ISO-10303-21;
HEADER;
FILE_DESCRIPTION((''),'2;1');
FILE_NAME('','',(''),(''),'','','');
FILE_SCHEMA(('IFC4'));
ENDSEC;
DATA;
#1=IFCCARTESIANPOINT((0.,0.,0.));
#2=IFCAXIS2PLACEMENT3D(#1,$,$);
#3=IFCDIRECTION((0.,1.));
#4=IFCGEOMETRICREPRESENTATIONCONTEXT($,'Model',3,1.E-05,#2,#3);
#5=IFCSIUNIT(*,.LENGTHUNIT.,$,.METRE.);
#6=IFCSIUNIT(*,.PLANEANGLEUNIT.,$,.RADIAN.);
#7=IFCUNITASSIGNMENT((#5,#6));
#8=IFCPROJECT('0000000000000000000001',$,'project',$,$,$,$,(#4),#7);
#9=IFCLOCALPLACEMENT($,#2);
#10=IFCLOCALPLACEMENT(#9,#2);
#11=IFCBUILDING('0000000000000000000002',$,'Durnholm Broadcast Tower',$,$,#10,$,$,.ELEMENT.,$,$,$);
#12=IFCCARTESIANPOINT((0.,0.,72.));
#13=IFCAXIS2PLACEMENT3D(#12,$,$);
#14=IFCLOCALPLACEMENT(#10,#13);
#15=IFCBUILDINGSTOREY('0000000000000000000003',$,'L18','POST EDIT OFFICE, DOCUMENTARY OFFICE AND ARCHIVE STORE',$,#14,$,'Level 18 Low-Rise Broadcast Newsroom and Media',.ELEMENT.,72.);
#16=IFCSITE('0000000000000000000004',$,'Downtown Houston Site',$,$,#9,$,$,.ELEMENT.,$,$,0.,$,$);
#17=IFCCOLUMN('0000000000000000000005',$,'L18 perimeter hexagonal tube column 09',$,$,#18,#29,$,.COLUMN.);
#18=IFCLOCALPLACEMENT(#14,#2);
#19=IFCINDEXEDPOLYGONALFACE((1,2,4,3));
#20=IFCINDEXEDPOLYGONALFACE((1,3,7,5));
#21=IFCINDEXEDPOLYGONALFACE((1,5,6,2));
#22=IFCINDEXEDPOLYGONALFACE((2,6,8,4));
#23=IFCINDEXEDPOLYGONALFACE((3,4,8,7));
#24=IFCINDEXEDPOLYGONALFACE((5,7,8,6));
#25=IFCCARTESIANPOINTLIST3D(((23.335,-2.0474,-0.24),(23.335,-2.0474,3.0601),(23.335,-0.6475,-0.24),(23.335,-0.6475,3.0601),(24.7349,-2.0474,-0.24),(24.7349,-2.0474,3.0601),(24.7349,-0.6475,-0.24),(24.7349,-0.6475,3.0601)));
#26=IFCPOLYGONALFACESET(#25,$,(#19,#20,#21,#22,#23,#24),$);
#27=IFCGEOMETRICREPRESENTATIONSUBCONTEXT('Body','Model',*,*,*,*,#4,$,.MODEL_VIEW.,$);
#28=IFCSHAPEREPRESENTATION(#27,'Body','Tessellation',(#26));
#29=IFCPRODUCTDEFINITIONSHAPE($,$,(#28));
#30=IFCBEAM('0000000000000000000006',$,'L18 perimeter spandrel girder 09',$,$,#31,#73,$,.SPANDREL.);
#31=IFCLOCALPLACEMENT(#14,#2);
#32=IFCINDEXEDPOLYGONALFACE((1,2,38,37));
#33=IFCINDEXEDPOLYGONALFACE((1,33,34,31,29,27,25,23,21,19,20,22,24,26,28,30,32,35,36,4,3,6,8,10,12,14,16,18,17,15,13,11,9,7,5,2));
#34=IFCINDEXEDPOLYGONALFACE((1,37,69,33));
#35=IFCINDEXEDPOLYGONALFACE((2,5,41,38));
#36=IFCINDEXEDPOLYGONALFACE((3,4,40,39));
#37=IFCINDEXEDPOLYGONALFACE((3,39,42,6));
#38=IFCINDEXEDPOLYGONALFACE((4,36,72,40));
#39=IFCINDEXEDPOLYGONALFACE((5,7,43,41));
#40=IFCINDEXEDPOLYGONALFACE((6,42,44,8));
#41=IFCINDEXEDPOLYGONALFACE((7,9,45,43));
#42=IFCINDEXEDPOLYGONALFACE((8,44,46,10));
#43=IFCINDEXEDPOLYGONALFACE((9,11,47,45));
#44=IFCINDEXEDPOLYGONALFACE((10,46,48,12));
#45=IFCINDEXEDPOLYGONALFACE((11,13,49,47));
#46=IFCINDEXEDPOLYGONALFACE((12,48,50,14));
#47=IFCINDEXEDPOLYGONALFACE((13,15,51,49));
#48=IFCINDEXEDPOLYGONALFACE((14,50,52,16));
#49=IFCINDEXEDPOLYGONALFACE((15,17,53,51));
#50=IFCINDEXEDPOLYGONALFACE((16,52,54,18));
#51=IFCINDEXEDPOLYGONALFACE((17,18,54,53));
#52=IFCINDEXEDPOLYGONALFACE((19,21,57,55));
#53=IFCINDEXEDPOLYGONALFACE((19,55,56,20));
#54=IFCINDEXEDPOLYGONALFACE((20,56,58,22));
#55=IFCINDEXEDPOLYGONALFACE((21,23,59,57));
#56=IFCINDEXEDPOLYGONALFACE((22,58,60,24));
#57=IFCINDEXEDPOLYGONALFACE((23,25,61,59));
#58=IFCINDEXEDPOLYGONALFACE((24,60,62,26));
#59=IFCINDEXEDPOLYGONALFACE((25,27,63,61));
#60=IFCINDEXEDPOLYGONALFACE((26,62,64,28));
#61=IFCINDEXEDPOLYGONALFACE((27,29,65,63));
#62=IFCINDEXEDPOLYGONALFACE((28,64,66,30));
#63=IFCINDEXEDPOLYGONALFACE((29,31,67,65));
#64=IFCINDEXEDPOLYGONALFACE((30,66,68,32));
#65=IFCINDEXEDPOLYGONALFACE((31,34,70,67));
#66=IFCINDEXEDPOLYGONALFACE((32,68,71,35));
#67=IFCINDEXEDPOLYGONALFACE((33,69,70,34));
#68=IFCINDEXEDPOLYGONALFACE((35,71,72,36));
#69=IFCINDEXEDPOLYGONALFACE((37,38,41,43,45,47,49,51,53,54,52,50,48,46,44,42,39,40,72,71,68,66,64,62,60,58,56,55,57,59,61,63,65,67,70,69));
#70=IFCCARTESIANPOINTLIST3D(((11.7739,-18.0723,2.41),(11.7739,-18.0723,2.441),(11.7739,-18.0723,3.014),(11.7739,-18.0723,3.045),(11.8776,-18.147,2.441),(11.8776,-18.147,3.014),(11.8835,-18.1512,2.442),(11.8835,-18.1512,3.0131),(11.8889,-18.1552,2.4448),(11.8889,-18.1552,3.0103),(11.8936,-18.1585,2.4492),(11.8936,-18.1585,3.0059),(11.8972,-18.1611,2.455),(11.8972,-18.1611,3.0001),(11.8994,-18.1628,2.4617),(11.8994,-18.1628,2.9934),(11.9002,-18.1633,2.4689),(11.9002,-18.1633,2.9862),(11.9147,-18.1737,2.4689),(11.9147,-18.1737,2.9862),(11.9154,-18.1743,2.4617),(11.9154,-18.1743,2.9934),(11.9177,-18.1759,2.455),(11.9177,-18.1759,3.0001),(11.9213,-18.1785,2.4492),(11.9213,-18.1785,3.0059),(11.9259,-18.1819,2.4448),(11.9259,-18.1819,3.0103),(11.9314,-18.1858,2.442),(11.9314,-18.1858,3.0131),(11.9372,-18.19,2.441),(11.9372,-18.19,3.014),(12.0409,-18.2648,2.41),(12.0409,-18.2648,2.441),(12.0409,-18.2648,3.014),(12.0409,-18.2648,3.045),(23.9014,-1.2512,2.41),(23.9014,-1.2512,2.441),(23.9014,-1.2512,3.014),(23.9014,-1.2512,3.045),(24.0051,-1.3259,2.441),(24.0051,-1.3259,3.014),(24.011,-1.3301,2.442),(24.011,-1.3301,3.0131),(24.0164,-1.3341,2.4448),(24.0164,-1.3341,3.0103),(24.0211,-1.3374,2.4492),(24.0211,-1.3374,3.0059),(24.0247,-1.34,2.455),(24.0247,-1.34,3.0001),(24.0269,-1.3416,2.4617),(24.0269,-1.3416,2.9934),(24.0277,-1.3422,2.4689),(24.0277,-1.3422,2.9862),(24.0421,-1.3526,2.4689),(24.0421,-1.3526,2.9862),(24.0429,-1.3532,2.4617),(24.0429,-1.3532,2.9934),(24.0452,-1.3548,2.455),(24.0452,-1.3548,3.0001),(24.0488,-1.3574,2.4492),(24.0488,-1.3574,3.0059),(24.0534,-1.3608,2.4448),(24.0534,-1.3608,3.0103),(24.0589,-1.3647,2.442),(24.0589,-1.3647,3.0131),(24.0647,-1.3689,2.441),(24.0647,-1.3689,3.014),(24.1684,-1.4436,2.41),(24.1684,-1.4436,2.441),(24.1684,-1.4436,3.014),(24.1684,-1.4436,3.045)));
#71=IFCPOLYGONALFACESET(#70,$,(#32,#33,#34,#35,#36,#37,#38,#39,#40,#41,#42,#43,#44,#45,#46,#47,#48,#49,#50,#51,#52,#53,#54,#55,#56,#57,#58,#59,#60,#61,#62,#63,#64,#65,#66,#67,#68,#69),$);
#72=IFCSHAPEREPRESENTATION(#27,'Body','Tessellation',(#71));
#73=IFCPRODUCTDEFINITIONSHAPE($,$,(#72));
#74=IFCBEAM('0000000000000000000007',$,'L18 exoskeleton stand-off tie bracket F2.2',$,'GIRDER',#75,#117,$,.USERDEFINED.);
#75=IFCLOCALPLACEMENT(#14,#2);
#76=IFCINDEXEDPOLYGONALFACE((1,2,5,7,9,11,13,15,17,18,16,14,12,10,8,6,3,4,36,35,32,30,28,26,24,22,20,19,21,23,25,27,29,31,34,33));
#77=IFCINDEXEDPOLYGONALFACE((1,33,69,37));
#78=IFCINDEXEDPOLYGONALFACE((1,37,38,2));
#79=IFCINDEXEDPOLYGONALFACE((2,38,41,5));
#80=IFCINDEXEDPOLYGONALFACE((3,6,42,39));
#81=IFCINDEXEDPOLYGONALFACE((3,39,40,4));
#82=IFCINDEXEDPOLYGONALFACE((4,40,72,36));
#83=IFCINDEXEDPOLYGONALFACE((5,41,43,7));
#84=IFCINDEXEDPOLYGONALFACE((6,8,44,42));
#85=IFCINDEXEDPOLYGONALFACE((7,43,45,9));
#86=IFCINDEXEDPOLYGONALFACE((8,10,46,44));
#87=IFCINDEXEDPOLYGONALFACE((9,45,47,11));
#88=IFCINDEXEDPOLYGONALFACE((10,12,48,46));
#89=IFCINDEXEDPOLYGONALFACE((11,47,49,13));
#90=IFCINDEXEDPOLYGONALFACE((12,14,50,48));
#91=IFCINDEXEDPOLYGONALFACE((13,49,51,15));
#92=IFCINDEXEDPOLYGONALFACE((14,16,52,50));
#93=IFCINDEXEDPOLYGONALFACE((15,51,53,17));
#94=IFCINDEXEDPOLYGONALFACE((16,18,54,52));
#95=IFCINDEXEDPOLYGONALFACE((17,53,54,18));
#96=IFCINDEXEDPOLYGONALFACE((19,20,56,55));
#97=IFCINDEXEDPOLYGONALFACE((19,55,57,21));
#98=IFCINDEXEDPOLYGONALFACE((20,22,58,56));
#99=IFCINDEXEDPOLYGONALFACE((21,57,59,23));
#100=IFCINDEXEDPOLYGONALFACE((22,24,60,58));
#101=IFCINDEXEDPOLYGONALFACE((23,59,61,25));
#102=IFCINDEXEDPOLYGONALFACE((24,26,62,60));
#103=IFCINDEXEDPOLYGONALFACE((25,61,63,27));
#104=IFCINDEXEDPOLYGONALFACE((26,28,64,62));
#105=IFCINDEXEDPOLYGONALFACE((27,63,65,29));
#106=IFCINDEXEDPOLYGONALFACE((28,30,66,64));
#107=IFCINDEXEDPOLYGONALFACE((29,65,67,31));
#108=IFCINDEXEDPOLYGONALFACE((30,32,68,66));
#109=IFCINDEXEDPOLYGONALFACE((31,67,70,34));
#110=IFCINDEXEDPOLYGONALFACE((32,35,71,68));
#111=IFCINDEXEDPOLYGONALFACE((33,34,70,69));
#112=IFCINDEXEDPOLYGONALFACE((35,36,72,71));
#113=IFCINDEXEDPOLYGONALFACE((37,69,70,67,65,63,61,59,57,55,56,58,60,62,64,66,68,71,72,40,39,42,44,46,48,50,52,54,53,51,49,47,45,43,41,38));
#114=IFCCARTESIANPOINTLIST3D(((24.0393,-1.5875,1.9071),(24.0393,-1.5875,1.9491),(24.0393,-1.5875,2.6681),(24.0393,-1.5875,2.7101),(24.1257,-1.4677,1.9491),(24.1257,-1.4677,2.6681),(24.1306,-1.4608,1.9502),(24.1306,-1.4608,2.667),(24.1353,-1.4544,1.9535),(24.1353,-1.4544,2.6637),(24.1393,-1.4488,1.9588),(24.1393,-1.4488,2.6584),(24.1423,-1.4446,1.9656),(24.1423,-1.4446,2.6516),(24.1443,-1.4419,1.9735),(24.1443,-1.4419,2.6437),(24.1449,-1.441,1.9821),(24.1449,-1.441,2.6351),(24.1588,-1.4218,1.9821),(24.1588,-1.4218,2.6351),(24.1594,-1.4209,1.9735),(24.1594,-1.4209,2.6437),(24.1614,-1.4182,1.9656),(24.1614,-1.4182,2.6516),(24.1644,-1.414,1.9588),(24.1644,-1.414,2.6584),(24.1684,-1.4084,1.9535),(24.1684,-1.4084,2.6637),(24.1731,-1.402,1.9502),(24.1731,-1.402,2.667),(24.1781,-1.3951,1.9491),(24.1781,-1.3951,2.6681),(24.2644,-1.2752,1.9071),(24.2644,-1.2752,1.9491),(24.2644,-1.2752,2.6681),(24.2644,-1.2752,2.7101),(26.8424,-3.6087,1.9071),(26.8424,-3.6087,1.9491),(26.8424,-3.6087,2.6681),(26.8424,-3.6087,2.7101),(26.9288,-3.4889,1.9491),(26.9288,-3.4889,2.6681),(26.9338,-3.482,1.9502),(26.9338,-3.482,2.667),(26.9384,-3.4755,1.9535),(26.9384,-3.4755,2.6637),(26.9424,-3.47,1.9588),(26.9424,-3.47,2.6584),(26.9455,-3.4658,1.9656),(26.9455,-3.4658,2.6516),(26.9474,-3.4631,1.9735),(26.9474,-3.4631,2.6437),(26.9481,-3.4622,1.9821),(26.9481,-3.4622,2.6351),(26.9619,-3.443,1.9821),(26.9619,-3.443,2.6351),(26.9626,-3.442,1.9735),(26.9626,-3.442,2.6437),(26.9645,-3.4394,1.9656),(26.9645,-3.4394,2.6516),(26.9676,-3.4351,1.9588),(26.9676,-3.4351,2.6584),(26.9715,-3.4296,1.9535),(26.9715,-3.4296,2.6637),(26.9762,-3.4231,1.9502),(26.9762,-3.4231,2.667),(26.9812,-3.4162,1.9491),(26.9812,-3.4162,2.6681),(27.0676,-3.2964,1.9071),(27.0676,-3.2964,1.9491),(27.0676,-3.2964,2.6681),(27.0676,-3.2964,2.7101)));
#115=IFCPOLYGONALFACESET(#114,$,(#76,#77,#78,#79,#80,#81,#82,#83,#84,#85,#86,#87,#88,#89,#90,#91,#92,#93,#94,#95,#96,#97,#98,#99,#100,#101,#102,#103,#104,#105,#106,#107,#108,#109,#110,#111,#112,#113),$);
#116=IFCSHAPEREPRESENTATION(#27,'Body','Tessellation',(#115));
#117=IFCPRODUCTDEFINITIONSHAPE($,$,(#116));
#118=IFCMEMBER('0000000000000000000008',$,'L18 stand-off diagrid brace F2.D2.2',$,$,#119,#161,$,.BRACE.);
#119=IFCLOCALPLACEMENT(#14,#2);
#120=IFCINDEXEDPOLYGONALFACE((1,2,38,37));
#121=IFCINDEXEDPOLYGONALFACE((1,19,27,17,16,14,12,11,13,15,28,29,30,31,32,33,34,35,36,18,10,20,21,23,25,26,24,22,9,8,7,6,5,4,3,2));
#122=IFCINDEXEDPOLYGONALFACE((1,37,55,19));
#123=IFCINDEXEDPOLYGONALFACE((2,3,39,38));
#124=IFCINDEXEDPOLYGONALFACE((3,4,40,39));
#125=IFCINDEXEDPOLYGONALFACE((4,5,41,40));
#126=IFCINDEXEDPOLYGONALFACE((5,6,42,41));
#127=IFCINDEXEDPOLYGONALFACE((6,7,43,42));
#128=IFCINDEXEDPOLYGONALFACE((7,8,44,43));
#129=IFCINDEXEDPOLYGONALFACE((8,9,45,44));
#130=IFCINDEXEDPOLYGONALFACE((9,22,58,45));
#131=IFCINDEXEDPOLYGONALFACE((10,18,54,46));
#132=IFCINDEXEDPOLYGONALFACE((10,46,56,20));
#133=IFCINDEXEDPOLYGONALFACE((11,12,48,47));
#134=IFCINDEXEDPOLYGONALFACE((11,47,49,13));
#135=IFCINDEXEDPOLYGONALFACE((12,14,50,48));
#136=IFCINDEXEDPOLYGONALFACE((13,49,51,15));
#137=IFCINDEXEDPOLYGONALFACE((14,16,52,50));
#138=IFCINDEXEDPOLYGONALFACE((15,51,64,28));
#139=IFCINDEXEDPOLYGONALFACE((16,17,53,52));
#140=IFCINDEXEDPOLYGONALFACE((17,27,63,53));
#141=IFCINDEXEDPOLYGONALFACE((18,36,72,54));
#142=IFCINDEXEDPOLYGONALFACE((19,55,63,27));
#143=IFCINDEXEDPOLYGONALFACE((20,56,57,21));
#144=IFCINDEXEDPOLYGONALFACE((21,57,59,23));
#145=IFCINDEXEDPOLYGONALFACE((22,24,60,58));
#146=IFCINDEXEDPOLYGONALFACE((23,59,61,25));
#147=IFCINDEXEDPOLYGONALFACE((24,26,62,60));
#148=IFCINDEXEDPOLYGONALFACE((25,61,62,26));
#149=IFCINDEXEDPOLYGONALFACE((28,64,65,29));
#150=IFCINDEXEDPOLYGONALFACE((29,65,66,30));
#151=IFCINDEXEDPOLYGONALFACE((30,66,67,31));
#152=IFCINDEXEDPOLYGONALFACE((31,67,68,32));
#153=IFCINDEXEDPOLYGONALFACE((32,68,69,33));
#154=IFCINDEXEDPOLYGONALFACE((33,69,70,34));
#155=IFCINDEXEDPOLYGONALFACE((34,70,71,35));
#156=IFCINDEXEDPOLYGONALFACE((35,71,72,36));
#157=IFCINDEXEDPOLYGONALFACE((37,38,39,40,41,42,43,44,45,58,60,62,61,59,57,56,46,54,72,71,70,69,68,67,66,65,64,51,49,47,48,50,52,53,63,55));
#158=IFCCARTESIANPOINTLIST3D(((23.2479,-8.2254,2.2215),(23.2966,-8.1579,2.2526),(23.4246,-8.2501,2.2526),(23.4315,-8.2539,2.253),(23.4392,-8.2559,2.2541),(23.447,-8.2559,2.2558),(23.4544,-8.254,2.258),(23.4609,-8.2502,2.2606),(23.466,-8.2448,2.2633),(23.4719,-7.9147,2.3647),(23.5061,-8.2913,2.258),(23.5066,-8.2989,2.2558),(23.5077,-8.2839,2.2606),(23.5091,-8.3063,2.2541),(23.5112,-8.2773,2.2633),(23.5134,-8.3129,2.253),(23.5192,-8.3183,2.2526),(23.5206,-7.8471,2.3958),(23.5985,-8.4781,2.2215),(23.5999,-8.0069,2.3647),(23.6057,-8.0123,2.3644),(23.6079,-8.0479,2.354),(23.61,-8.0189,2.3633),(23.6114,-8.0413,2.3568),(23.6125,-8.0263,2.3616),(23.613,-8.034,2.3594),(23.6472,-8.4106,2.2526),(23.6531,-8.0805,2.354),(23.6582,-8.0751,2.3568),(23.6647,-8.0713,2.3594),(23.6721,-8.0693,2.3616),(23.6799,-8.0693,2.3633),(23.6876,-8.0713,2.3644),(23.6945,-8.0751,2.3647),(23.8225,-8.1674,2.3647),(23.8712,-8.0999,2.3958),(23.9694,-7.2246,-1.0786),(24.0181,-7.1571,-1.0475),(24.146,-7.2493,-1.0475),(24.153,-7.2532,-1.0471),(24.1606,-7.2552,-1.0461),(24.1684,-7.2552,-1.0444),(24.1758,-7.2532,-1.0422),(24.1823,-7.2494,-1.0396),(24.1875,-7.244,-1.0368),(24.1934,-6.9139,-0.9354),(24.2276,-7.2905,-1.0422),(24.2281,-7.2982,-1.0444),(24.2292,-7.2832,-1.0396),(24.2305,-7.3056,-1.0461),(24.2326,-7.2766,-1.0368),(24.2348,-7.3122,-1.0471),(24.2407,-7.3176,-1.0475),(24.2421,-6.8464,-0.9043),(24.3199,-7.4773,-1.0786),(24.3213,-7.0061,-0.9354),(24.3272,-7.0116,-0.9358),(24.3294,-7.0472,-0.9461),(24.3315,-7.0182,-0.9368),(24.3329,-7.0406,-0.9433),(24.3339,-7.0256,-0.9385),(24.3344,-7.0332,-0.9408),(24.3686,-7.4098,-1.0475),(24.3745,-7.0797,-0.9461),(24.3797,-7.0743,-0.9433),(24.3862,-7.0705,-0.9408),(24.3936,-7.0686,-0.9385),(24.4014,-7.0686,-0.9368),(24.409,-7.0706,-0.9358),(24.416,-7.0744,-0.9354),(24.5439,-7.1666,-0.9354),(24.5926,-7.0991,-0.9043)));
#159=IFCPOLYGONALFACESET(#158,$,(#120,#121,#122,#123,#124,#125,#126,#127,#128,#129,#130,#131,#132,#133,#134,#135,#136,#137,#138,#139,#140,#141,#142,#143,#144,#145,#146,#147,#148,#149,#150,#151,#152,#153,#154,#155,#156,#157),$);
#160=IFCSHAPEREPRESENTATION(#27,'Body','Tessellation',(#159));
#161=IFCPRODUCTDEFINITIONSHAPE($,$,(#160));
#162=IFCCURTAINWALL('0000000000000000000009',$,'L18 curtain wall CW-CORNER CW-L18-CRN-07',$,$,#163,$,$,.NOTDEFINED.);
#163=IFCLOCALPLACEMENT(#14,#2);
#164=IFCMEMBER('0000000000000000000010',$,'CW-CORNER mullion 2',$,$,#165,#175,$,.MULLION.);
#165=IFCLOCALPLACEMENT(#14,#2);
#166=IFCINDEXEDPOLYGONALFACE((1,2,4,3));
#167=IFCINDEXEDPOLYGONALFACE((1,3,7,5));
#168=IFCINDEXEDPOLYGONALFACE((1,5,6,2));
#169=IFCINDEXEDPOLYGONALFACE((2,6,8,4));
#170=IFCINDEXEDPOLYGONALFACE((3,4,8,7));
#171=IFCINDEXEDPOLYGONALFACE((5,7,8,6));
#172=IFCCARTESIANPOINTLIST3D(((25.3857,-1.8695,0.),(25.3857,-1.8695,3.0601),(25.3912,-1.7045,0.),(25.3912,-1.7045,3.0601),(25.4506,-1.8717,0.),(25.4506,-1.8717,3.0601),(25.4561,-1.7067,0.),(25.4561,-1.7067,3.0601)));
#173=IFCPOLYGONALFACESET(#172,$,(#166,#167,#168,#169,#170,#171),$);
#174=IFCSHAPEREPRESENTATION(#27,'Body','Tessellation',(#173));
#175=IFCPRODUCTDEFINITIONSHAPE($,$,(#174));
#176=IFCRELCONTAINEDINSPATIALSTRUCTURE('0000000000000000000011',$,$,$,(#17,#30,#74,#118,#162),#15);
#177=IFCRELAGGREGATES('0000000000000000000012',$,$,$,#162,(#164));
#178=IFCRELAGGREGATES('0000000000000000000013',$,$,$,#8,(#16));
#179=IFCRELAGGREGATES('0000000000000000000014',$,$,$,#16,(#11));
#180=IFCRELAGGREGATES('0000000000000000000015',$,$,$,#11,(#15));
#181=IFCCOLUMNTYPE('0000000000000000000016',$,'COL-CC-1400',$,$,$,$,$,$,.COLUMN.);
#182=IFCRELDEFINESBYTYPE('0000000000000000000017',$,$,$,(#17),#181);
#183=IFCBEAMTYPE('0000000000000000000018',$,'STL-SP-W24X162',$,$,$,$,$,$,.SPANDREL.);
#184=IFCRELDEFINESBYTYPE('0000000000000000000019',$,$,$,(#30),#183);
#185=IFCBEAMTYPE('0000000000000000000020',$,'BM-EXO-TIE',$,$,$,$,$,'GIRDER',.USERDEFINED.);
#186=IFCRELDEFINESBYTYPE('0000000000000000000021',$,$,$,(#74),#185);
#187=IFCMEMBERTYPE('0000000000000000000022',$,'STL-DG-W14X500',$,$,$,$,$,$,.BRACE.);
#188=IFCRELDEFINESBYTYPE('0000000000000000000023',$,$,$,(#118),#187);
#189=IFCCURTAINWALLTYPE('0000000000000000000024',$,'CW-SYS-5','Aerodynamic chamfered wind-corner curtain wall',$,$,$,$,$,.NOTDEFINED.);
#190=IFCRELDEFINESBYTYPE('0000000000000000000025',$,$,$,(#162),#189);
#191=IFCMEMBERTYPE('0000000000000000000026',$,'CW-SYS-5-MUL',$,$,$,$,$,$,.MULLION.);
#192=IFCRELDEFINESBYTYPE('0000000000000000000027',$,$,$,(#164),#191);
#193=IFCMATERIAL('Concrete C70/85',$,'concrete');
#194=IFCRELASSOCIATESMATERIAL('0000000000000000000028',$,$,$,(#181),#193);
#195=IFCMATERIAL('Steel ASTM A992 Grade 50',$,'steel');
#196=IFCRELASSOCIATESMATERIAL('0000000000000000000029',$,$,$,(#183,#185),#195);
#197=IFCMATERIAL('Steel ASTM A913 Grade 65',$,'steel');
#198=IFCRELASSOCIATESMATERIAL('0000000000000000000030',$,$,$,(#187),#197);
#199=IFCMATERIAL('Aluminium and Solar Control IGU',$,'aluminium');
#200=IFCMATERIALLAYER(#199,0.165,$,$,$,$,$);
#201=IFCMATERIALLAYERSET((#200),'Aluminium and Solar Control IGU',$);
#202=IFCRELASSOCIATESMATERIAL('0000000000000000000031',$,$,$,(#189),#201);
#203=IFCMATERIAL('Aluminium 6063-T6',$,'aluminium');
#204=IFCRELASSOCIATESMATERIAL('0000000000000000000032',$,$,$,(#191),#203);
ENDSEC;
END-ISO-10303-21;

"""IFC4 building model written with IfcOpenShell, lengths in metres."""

from ifc_helpers import new_model, si_unit, direction, frame, origin, origin_2d, place, context, subcontext, project, spatial, rectangle, i_section, extrude, source, transform, mapped, material, layer, layer_set, material_profile, profile_set, type_object, type_shapes, element, aggregate, save


model = new_model("IFC4")

# Units and contexts
model_context = context("Model", 3, precision=1e-05, world=origin(), true_north=direction((0.0, 1.0)))
body_context = subcontext(model_context, "Body", "Model", "MODEL_VIEW")
ifc_project = project(units=[si_unit("LENGTHUNIT", "METRE"), si_unit("PLANEANGLEUNIT", "RADIAN")], contexts=[model_context])

# Site, building, storey
site_placement = place(None, origin())
site = spatial("IfcSite", under=ifc_project, at=site_placement, Name="Downtown Houston Site", CompositionType="ELEMENT", RefElevation=0.0)
building_placement = place(site_placement, origin())
building = spatial("IfcBuilding", under=site, at=building_placement, Name="Durnholm Broadcast Tower", CompositionType="ELEMENT")
storey_placement = place(building_placement, frame((0.0, 0.0, 72.0)))
storey = spatial("IfcBuildingStorey", under=building, at=storey_placement, Name="L18", Description="POST EDIT OFFICE, DOCUMENTARY OFFICE AND ARCHIVE STORE", LongName="Level 18 Low-Rise Broadcast Newsroom and Media", CompositionType="ELEMENT", Elevation=72.0)

# Column
ifc_material_1 = material(Name="Concrete C70/85", Category="concrete")
ifc_material_profile_1 = material_profile(ifc_material_1, rectangle(XDim=1.3999, YDim=1.3999, at=origin_2d()), Name="RC1400X1400")
ifc_profile_set_1 = profile_set([ifc_material_profile_1], Name="Concrete C70/85")
column_type = type_object("IfcColumnType", Name="COL-CC-1400", PredefinedType="COLUMN", material=ifc_profile_set_1)
shared_shape_1 = source(origin(), body_context, "Body", "SweptSolid", [
    extrude(rectangle(XDim=1.3999, YDim=1.3999, at=origin_2d()), origin(), (0.0, 0.0, 1.0), 3.3),
])
type_shapes(column_type, [shared_shape_1])
column_placement = place(storey_placement, frame((24.0349, -1.3474, -0.24), z_axis=(0.0, 0.0, 1.0), x_axis=(1.0, 0.0, 0.0)))
element("IfcColumn", 1, at=column_placement, inside=storey, type_object=column_type, Name="L18 perimeter hexagonal tube column 09", PredefinedType="COLUMN", context=body_context, shape_type="MappedRepresentation", body=[
    mapped(shared_shape_1, transform((0.0, 0.0, 0.0), x_axis=(1.0, 0.0, 0.0), y_axis=(0.0, 1.0, 0.0), z_axis=(0.0, 0.0, 1.0), scale=1.0)),
])

# Beams
ifc_material_2 = material(Name="Steel ASTM A992 Grade 50", Category="steel")
ifc_material_profile_2 = material_profile(ifc_material_2, i_section(OverallWidth=0.3291, OverallDepth=0.635, WebThickness=0.0178, FlangeThickness=0.031, FilletRadius=0.0278, at=origin_2d()), Name="W24X162")
ifc_profile_set_2 = profile_set([ifc_material_profile_2], Name="Steel ASTM A992 Grade 50")
beam_type_1 = type_object("IfcBeamType", Name="STL-SP-W24X162", PredefinedType="SPANDREL", material=ifc_profile_set_2)
shared_shape_2 = source(origin(), body_context, "Body", "SweptSolid", [
    extrude(i_section(OverallWidth=0.3291, OverallDepth=0.635, WebThickness=0.0178, FlangeThickness=0.031, FilletRadius=0.0278, at=origin_2d()), origin(), (0.0, 0.0, 1.0), 20.7371),
])
type_shapes(beam_type_1, [shared_shape_2])
beam_1_placement = place(storey_placement, frame((24.0349, -1.3474, 2.7275), z_axis=(-0.584822, -0.811162, 0.0), x_axis=(0.811162, -0.584822, 0.0)))
element("IfcBeam", 2, at=beam_1_placement, inside=storey, type_object=beam_type_1, Name="L18 perimeter spandrel girder 09", PredefinedType="SPANDREL", context=body_context, shape_type="MappedRepresentation", body=[
    mapped(shared_shape_2, transform((0.0, 0.0, 0.0), x_axis=(1.0, 0.0, 0.0), y_axis=(0.0, 1.0, 0.0), z_axis=(0.0, 0.0, 1.0), scale=1.0)),
])
ifc_material_profile_3 = material_profile(ifc_material_2, i_section(OverallWidth=0.385, OverallDepth=0.803, WebThickness=0.0237, FlangeThickness=0.042, FilletRadius=0.033, at=origin_2d()), Name="W30X261")
ifc_profile_set_3 = profile_set([ifc_material_profile_3], Name="Steel ASTM A992 Grade 50")
beam_type_2 = type_object("IfcBeamType", Name="BM-EXO-TIE", ElementType="GIRDER", PredefinedType="USERDEFINED", material=ifc_profile_set_3)
shared_shape_3 = source(origin(), body_context, "Body", "SweptSolid", [
    extrude(i_section(OverallWidth=0.385, OverallDepth=0.803, WebThickness=0.0237, FlangeThickness=0.042, FilletRadius=0.033, at=origin_2d()), origin(), (0.0, 0.0, 1.0), 3.4558),
])
type_shapes(beam_type_2, [shared_shape_3])
beam_2_placement = place(storey_placement, frame((24.1519, -1.4314, 2.3086), z_axis=(0.811134, -0.584861, 0.0), x_axis=(0.584861, 0.811134, 0.0)))
element("IfcBeam", 3, at=beam_2_placement, inside=storey, type_object=beam_type_2, Name="L18 exoskeleton stand-off tie bracket F2.2", ObjectType="GIRDER", PredefinedType="USERDEFINED", context=body_context, shape_type="MappedRepresentation", body=[
    mapped(shared_shape_3, transform((0.0, 0.0, 0.0), x_axis=(1.0, 0.0, 0.0), y_axis=(0.0, 1.0, 0.0), z_axis=(0.0, 0.0, 1.0), scale=1.0)),
])

# Member
ifc_material_3 = material(Name="Steel ASTM A913 Grade 65", Category="steel")
ifc_material_profile_4 = material_profile(ifc_material_3, i_section(OverallWidth=0.4321, OverallDepth=0.4978, WebThickness=0.0557, FlangeThickness=0.0889, FilletRadius=0.0305, at=origin_2d()), Name="W14X500")
ifc_profile_set_4 = profile_set([ifc_material_profile_4], Name="Steel ASTM A913 Grade 65")
member_type_1 = type_object("IfcMemberType", Name="STL-DG-W14X500", PredefinedType="BRACE", material=ifc_profile_set_4)
shared_shape_4 = source(origin(), body_context, "Body", "SweptSolid", [
    extrude(i_section(OverallWidth=0.4321, OverallDepth=0.4978, WebThickness=0.0557, FlangeThickness=0.0889, FilletRadius=0.0305, at=origin_2d()), origin(), (0.0, 0.0, 1.0), 3.5232),
])
type_shapes(member_type_1, [shared_shape_4])
member_1_placement = place(storey_placement, frame((24.281, -7.1619, -0.9915), z_axis=(-0.204773, -0.284049, 0.936688), x_axis=(0.811185, -0.584789, 0.0)))
element("IfcMember", 4, at=member_1_placement, inside=storey, type_object=member_type_1, Name="L18 stand-off diagrid brace F2.D2.2", PredefinedType="BRACE", context=body_context, shape_type="MappedRepresentation", body=[
    mapped(shared_shape_4, transform((0.0, 0.0, 0.0), x_axis=(1.0, 0.0, 0.0), y_axis=(0.0, 1.0, 0.0), z_axis=(0.0, 0.0, 1.0), scale=1.0)),
])

# Curtain wall, member
ifc_material_4 = material(Name="Aluminium and Solar Control IGU", Category="aluminium")
ifc_layer_1 = layer(ifc_material_4, 0.165)
ifc_layer_set_1 = layer_set([ifc_layer_1], Name="Aluminium and Solar Control IGU")
curtain_wall_type_1 = type_object("IfcCurtainWallType", Name="CW-SYS-5", Description="Aerodynamic chamfered wind-corner curtain wall", PredefinedType="NOTDEFINED", material=ifc_layer_set_1)
curtain_wall_1_placement = place(storey_placement, origin())
curtain_wall_1 = element("IfcCurtainWall", 5, at=curtain_wall_1_placement, inside=storey, type_object=curtain_wall_type_1, Name="L18 curtain wall CW-CORNER CW-L18-CRN-07", PredefinedType="NOTDEFINED")
ifc_material_5 = material(Name="Aluminium 6063-T6", Category="aluminium")
ifc_material_profile_5 = material_profile(ifc_material_5, rectangle(XDim=0.0649, YDim=0.165, at=origin_2d()), Name="CWM65X165")
ifc_profile_set_5 = profile_set([ifc_material_profile_5], Name="Aluminium 6063-T6")
member_type_2 = type_object("IfcMemberType", Name="CW-SYS-5-MUL", PredefinedType="MULLION", material=ifc_profile_set_5)
shared_shape_5 = source(origin(), body_context, "Body", "SweptSolid", [
    extrude(rectangle(XDim=0.0649, YDim=0.165, at=origin_2d()), origin(), (0.0, 0.0, 1.0), 3.0601),
])
type_shapes(member_type_2, [shared_shape_5])
member_2_placement = place(storey_placement, frame((25.4209, -1.7881, 0.0), z_axis=(0.0, 0.0, 1.0), x_axis=(0.999427, -0.03384, 0.0)))
member_2 = element("IfcMember", 6, at=member_2_placement, type_object=member_type_2, Name="CW-CORNER mullion 2", PredefinedType="MULLION", context=body_context, shape_type="MappedRepresentation", body=[
    mapped(shared_shape_5, transform((0.0, 0.0, 0.0), x_axis=(1.0, 0.0, 0.0), y_axis=(0.0, 1.0, 0.0), z_axis=(0.0, 0.0, 1.0), scale=1.0)),
])

aggregate(curtain_wall_1, [member_2])

save(model, "model.ifc")
